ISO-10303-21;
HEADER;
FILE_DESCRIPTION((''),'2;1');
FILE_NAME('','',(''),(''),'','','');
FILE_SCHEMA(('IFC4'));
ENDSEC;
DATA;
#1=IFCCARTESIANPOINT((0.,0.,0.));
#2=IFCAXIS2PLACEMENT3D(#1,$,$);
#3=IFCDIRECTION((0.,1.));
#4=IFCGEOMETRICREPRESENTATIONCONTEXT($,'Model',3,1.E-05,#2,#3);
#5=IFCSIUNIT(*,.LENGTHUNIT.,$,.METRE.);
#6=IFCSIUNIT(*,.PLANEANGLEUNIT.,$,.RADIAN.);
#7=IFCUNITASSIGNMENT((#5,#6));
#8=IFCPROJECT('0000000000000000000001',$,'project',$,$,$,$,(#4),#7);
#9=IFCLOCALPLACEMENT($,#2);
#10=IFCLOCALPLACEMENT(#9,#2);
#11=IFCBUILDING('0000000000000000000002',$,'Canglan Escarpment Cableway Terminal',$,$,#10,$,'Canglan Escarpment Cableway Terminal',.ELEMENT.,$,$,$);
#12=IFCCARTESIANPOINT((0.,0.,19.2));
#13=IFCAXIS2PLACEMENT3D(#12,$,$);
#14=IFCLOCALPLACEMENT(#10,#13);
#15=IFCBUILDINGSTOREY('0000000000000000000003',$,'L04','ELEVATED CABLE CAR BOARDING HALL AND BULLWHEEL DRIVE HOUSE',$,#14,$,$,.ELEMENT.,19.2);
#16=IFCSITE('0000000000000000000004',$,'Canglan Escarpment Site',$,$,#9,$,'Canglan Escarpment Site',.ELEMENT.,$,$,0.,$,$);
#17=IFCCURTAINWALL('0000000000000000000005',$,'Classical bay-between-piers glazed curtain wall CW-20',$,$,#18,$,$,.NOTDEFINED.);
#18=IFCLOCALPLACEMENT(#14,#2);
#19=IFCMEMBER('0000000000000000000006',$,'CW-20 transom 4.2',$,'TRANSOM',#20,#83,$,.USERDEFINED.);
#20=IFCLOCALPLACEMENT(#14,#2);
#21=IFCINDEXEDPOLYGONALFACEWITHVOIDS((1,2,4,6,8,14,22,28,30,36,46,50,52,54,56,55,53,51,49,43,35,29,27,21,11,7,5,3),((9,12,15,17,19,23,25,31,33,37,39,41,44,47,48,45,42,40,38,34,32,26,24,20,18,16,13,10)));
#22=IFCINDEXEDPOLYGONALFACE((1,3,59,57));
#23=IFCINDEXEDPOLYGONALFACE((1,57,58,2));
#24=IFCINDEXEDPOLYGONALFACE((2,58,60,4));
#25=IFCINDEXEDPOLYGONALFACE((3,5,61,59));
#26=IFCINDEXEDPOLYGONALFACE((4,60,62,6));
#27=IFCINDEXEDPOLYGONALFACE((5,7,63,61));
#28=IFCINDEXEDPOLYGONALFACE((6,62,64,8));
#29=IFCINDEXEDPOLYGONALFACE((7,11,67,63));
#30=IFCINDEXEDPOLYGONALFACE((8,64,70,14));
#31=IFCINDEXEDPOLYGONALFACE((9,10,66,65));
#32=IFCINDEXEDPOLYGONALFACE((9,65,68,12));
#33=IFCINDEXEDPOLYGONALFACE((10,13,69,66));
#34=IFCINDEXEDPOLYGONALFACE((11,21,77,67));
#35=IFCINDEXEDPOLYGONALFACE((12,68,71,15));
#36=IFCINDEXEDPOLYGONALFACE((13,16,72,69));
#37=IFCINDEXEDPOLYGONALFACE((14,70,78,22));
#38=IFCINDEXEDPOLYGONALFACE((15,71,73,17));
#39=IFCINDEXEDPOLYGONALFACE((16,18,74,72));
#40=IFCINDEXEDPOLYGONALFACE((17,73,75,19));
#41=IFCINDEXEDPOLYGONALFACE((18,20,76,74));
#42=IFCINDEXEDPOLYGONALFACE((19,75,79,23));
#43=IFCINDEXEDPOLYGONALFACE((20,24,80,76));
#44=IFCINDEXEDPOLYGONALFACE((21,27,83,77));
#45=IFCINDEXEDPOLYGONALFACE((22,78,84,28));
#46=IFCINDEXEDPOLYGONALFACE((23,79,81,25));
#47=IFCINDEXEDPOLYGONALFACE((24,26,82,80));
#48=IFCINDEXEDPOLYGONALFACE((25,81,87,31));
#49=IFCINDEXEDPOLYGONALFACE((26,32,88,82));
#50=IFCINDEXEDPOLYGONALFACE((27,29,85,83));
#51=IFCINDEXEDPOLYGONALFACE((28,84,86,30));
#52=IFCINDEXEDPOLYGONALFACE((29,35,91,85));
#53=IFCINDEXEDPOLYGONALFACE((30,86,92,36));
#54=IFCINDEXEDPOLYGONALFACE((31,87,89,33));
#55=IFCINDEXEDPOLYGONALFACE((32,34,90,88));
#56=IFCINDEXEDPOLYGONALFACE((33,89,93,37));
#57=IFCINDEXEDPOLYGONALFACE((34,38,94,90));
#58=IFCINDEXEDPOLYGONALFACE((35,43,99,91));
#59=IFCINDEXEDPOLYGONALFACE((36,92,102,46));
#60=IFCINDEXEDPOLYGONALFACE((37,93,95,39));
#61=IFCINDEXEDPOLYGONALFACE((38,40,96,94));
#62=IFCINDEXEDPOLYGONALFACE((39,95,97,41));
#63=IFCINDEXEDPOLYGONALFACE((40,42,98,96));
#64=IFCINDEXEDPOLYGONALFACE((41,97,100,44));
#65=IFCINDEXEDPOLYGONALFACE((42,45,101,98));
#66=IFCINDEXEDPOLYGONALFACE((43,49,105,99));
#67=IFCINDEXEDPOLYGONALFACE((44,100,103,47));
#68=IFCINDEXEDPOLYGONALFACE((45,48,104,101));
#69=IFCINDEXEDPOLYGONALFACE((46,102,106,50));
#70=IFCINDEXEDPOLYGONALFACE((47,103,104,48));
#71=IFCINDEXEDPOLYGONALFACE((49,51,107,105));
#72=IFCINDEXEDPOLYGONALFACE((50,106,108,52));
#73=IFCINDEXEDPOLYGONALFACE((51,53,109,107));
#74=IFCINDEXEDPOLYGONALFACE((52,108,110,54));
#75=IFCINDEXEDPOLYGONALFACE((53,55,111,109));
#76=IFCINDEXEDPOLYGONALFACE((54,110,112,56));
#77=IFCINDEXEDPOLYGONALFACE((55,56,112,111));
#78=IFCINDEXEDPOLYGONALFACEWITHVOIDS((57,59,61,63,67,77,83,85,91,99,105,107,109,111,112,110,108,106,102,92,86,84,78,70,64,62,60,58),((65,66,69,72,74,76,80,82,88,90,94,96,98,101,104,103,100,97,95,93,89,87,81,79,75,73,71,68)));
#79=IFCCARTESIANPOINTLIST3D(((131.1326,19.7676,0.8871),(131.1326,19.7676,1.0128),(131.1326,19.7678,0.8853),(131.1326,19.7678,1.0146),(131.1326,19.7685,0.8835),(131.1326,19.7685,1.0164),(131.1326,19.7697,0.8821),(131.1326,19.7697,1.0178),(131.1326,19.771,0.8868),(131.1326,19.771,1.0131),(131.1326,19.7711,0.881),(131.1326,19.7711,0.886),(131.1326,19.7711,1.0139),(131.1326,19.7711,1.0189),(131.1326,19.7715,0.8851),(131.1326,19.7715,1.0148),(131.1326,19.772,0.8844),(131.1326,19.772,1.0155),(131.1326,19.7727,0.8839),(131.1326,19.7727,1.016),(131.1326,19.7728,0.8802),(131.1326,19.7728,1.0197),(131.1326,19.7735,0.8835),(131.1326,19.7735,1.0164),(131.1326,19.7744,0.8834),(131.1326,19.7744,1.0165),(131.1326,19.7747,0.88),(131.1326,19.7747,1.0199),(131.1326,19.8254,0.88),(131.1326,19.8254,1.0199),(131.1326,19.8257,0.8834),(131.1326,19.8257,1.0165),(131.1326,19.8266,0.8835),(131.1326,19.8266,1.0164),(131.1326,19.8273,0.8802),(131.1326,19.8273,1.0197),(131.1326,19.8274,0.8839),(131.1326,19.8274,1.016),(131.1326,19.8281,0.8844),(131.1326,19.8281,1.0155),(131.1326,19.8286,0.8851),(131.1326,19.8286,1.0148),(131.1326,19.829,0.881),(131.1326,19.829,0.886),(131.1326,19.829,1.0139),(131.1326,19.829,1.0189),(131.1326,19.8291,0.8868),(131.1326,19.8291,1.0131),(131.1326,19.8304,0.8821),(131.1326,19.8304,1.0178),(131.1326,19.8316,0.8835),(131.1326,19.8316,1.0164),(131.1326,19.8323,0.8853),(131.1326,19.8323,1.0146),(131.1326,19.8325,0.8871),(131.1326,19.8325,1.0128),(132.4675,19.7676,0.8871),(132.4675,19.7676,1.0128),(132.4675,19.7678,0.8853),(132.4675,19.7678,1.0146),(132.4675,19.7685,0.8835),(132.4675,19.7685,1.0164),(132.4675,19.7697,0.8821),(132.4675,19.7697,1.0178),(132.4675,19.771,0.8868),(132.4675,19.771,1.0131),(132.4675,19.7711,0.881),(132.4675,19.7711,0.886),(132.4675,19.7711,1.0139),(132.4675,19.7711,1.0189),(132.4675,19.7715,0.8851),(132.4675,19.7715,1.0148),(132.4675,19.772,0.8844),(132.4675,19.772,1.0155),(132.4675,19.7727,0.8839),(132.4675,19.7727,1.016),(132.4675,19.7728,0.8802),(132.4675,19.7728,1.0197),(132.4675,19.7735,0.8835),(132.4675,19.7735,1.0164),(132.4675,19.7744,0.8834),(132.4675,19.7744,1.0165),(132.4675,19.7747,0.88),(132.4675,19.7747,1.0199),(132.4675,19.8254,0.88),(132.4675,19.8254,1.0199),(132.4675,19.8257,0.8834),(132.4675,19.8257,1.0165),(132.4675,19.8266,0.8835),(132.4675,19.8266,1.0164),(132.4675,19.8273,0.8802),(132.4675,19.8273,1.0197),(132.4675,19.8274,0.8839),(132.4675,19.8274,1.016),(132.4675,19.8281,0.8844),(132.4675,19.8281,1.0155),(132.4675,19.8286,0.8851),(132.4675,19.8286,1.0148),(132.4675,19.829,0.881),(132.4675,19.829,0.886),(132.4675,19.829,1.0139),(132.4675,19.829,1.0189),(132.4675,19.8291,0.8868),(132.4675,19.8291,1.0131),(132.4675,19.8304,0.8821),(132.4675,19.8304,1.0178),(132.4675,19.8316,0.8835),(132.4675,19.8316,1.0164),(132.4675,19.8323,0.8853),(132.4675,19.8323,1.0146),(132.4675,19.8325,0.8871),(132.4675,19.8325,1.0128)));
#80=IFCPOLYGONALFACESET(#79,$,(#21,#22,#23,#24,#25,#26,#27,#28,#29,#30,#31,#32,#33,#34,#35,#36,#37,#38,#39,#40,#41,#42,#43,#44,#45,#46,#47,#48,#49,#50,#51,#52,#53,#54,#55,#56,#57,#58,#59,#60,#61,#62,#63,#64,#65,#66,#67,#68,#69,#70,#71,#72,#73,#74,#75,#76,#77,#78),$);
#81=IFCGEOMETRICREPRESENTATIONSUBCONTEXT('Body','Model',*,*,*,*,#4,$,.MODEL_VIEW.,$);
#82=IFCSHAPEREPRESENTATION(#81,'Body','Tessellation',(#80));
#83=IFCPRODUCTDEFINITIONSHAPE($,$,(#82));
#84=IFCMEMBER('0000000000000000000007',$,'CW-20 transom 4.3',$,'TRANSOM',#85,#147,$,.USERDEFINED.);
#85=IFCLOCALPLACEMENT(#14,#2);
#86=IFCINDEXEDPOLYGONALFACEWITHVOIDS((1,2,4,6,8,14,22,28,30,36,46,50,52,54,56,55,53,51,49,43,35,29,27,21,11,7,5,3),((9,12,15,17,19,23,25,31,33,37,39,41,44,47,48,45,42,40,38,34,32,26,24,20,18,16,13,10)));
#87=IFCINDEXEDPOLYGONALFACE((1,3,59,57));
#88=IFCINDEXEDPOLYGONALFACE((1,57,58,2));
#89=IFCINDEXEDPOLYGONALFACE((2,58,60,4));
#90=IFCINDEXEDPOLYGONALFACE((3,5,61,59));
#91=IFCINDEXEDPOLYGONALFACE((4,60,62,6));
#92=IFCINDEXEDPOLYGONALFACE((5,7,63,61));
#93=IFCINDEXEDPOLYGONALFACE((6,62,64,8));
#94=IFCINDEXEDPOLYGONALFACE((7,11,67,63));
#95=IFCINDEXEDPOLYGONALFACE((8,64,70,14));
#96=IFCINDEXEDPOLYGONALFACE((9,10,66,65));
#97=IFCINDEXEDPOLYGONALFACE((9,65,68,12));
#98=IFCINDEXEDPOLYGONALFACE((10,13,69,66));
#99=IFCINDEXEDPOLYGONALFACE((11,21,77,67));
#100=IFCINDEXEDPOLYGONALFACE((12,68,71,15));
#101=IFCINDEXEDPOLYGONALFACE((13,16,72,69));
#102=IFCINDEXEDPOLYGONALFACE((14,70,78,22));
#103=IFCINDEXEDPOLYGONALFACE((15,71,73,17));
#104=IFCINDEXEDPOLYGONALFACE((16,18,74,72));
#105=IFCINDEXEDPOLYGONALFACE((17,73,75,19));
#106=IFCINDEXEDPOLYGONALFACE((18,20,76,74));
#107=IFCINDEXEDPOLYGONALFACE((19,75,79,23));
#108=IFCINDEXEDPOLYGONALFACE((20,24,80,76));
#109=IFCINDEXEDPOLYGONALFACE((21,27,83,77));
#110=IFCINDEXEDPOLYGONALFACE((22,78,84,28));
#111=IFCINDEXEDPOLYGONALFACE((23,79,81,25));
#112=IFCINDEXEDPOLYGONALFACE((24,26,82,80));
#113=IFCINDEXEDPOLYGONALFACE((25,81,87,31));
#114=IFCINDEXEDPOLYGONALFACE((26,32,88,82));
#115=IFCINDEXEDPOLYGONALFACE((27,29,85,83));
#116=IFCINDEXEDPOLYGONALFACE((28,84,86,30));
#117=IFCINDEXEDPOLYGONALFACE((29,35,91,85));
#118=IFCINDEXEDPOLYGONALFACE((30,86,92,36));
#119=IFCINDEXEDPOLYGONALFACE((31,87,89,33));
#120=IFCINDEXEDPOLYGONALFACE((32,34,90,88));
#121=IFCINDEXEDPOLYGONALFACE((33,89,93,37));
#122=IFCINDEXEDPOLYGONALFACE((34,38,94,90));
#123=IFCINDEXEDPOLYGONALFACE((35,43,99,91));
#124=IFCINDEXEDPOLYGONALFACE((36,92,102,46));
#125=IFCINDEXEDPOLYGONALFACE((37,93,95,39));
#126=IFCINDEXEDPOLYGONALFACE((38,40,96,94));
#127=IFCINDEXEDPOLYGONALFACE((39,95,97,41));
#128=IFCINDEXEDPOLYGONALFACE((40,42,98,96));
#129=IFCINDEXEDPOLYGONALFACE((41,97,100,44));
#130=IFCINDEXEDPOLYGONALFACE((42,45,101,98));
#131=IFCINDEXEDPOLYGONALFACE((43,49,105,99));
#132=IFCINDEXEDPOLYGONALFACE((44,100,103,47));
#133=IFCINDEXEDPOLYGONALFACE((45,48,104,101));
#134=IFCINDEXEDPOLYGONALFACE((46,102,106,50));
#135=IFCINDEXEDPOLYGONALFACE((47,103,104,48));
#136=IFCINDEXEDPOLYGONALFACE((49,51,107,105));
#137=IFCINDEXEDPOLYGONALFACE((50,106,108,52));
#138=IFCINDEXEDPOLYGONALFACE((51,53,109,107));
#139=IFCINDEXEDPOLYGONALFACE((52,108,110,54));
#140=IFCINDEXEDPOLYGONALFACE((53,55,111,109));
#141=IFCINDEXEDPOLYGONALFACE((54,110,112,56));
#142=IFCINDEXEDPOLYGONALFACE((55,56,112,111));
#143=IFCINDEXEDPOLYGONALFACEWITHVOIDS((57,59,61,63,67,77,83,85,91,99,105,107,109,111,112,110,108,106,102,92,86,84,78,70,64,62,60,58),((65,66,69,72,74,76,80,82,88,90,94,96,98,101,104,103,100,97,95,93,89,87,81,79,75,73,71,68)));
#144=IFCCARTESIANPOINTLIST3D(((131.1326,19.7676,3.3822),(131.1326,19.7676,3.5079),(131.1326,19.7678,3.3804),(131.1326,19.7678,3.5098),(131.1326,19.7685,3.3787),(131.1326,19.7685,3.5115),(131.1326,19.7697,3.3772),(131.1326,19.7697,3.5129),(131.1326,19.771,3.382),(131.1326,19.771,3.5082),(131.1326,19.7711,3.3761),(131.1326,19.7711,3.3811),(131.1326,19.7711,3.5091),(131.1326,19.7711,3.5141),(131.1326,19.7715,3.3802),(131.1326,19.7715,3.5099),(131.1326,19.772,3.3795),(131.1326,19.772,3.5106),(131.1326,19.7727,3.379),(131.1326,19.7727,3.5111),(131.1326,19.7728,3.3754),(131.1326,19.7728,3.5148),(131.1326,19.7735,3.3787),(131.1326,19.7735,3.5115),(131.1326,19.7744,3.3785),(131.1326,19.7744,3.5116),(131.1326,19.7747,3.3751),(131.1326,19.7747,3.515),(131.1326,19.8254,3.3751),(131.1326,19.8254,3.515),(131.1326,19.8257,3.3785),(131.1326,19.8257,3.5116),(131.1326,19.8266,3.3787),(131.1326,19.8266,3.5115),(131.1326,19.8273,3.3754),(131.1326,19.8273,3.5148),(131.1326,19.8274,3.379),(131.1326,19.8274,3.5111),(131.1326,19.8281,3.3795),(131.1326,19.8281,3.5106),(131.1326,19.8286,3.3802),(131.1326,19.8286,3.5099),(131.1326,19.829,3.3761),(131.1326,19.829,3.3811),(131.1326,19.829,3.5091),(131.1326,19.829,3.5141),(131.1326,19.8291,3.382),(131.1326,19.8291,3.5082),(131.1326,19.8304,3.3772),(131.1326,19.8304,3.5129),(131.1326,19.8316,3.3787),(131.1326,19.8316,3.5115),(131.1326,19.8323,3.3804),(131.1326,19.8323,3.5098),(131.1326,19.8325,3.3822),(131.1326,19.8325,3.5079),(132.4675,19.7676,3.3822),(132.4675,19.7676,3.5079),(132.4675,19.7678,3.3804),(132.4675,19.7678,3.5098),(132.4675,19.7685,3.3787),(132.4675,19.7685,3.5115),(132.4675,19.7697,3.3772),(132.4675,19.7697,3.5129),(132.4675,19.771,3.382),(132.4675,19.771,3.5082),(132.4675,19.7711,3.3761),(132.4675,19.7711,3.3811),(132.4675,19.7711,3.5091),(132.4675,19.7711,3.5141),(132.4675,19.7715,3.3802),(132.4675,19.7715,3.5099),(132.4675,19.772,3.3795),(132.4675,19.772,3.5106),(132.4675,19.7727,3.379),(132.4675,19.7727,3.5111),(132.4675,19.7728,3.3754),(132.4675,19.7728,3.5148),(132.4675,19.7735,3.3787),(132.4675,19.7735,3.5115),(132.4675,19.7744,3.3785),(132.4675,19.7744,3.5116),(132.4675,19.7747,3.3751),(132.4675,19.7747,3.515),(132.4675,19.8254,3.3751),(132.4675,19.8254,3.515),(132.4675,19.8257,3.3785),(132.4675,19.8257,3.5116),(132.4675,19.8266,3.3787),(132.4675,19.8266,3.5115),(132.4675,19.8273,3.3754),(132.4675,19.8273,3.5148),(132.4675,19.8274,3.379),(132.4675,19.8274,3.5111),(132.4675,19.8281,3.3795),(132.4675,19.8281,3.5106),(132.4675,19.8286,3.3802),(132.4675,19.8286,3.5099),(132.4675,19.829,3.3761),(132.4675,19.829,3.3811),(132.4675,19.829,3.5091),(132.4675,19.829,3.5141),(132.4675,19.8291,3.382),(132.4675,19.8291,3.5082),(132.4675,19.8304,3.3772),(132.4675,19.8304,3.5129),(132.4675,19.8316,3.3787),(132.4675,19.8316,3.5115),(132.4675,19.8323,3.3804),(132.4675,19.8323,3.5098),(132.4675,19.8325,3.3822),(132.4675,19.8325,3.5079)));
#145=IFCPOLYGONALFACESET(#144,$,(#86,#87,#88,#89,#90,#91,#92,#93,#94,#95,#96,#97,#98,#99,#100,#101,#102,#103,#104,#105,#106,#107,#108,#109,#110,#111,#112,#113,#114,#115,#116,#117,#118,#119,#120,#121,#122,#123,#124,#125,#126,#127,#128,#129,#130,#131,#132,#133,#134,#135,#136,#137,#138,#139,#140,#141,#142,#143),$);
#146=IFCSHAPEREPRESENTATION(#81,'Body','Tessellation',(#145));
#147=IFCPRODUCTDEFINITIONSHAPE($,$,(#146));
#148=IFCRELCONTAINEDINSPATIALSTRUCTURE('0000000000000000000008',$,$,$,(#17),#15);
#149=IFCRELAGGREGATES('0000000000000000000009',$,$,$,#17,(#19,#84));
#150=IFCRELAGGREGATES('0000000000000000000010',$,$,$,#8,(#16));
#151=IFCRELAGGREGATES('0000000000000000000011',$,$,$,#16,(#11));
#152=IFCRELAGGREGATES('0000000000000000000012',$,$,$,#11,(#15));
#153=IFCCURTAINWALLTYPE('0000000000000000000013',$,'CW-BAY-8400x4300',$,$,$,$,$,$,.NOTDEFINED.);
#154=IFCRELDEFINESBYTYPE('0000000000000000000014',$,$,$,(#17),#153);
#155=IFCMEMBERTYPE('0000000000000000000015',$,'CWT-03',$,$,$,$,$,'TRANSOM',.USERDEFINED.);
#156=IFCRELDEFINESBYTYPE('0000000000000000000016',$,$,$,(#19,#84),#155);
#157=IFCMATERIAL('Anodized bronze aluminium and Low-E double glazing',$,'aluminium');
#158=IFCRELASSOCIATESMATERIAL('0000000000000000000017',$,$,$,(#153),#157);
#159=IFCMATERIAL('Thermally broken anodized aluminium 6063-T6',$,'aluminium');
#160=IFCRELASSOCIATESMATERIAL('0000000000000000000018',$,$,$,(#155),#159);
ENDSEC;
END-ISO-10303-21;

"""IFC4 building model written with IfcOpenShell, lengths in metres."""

from ifc_helpers import new_model, si_unit, direction, frame, origin, origin_2d, place, context, subcontext, project, spatial, hollow_rectangle, extrude, material, material_profile, profile_set, type_object, element, aggregate, save


model = new_model("IFC4")

# Units and contexts
model_context = context("Model", 3, precision=1e-05, world=origin(), true_north=direction((0.0, 1.0)))
body_context = subcontext(model_context, "Body", "Model", "MODEL_VIEW")
ifc_project = project(units=[si_unit("LENGTHUNIT", "METRE"), si_unit("PLANEANGLEUNIT", "RADIAN")], contexts=[model_context])

# Site, building, storey
site_placement = place(None, origin())
site = spatial("IfcSite", under=ifc_project, at=site_placement, Name="Canglan Escarpment Site", LongName="Canglan Escarpment Site", CompositionType="ELEMENT", RefElevation=0.0)
building_placement = place(site_placement, origin())
building = spatial("IfcBuilding", under=site, at=building_placement, Name="Canglan Escarpment Cableway Terminal", LongName="Canglan Escarpment Cableway Terminal", CompositionType="ELEMENT")
storey_placement = place(building_placement, frame((0.0, 0.0, 19.2)))
storey = spatial("IfcBuildingStorey", under=building, at=storey_placement, Name="L04", Description="ELEVATED CABLE CAR BOARDING HALL AND BULLWHEEL DRIVE HOUSE", CompositionType="ELEMENT", Elevation=19.2)

# Curtain wall, members
ifc_material_1 = material(Name="Anodized bronze aluminium and Low-E double glazing", Category="aluminium")
curtain_wall_type = type_object("IfcCurtainWallType", Name="CW-BAY-8400x4300", PredefinedType="NOTDEFINED", material=ifc_material_1)
curtain_wall_placement = place(storey_placement, origin())
curtain_wall = element("IfcCurtainWall", 1, at=curtain_wall_placement, inside=storey, type_object=curtain_wall_type, Name="Classical bay-between-piers glazed curtain wall CW-20", PredefinedType="NOTDEFINED")
ifc_material_2 = material(Name="Thermally broken anodized aluminium 6063-T6", Category="aluminium")
ifc_material_profile_1 = material_profile(ifc_material_2, hollow_rectangle(XDim=0.0649, YDim=0.1399, WallThickness=0.0034, InnerFilletRadius=0.0034, OuterFilletRadius=0.0071, at=origin_2d()), Name="ALU-TRAN 65x140x3.5")
ifc_profile_set_1 = profile_set([ifc_material_profile_1], Name="Thermally broken anodized aluminium 6063-T6")
member_type_1 = type_object("IfcMemberType", Name="CWT-03", ElementType="TRANSOM", PredefinedType="USERDEFINED", material=ifc_profile_set_1)
member_1_placement = place(storey_placement, frame((132.4675, 19.8, 0.95), z_axis=(-1.0, 0.0, 0.0), x_axis=(0.0, -1.0, 0.0)))
member_1 = element("IfcMember", 2, at=member_1_placement, type_object=member_type_1, Name="CW-20 transom 4.2", ObjectType="TRANSOM", PredefinedType="USERDEFINED", context=body_context, shape_type="SweptSolid", body=[
    extrude(hollow_rectangle(XDim=0.0649, YDim=0.1399, WallThickness=0.0034, InnerFilletRadius=0.0034, OuterFilletRadius=0.0071, at=origin_2d()), origin(), (0.0, 0.0, 1.0), 1.335),
])
member_2_placement = place(storey_placement, frame((132.4675, 19.8, 3.4451), z_axis=(-1.0, 0.0, 0.0), x_axis=(0.0, -1.0, 0.0)))
member_2 = element("IfcMember", 3, at=member_2_placement, type_object=member_type_1, Name="CW-20 transom 4.3", ObjectType="TRANSOM", PredefinedType="USERDEFINED", context=body_context, shape_type="SweptSolid", body=[
    extrude(hollow_rectangle(XDim=0.0649, YDim=0.1399, WallThickness=0.0034, InnerFilletRadius=0.0034, OuterFilletRadius=0.0071, at=origin_2d()), origin(), (0.0, 0.0, 1.0), 1.335),
])
aggregate(curtain_wall, [member_1, member_2])

save(model, "model.ifc")
